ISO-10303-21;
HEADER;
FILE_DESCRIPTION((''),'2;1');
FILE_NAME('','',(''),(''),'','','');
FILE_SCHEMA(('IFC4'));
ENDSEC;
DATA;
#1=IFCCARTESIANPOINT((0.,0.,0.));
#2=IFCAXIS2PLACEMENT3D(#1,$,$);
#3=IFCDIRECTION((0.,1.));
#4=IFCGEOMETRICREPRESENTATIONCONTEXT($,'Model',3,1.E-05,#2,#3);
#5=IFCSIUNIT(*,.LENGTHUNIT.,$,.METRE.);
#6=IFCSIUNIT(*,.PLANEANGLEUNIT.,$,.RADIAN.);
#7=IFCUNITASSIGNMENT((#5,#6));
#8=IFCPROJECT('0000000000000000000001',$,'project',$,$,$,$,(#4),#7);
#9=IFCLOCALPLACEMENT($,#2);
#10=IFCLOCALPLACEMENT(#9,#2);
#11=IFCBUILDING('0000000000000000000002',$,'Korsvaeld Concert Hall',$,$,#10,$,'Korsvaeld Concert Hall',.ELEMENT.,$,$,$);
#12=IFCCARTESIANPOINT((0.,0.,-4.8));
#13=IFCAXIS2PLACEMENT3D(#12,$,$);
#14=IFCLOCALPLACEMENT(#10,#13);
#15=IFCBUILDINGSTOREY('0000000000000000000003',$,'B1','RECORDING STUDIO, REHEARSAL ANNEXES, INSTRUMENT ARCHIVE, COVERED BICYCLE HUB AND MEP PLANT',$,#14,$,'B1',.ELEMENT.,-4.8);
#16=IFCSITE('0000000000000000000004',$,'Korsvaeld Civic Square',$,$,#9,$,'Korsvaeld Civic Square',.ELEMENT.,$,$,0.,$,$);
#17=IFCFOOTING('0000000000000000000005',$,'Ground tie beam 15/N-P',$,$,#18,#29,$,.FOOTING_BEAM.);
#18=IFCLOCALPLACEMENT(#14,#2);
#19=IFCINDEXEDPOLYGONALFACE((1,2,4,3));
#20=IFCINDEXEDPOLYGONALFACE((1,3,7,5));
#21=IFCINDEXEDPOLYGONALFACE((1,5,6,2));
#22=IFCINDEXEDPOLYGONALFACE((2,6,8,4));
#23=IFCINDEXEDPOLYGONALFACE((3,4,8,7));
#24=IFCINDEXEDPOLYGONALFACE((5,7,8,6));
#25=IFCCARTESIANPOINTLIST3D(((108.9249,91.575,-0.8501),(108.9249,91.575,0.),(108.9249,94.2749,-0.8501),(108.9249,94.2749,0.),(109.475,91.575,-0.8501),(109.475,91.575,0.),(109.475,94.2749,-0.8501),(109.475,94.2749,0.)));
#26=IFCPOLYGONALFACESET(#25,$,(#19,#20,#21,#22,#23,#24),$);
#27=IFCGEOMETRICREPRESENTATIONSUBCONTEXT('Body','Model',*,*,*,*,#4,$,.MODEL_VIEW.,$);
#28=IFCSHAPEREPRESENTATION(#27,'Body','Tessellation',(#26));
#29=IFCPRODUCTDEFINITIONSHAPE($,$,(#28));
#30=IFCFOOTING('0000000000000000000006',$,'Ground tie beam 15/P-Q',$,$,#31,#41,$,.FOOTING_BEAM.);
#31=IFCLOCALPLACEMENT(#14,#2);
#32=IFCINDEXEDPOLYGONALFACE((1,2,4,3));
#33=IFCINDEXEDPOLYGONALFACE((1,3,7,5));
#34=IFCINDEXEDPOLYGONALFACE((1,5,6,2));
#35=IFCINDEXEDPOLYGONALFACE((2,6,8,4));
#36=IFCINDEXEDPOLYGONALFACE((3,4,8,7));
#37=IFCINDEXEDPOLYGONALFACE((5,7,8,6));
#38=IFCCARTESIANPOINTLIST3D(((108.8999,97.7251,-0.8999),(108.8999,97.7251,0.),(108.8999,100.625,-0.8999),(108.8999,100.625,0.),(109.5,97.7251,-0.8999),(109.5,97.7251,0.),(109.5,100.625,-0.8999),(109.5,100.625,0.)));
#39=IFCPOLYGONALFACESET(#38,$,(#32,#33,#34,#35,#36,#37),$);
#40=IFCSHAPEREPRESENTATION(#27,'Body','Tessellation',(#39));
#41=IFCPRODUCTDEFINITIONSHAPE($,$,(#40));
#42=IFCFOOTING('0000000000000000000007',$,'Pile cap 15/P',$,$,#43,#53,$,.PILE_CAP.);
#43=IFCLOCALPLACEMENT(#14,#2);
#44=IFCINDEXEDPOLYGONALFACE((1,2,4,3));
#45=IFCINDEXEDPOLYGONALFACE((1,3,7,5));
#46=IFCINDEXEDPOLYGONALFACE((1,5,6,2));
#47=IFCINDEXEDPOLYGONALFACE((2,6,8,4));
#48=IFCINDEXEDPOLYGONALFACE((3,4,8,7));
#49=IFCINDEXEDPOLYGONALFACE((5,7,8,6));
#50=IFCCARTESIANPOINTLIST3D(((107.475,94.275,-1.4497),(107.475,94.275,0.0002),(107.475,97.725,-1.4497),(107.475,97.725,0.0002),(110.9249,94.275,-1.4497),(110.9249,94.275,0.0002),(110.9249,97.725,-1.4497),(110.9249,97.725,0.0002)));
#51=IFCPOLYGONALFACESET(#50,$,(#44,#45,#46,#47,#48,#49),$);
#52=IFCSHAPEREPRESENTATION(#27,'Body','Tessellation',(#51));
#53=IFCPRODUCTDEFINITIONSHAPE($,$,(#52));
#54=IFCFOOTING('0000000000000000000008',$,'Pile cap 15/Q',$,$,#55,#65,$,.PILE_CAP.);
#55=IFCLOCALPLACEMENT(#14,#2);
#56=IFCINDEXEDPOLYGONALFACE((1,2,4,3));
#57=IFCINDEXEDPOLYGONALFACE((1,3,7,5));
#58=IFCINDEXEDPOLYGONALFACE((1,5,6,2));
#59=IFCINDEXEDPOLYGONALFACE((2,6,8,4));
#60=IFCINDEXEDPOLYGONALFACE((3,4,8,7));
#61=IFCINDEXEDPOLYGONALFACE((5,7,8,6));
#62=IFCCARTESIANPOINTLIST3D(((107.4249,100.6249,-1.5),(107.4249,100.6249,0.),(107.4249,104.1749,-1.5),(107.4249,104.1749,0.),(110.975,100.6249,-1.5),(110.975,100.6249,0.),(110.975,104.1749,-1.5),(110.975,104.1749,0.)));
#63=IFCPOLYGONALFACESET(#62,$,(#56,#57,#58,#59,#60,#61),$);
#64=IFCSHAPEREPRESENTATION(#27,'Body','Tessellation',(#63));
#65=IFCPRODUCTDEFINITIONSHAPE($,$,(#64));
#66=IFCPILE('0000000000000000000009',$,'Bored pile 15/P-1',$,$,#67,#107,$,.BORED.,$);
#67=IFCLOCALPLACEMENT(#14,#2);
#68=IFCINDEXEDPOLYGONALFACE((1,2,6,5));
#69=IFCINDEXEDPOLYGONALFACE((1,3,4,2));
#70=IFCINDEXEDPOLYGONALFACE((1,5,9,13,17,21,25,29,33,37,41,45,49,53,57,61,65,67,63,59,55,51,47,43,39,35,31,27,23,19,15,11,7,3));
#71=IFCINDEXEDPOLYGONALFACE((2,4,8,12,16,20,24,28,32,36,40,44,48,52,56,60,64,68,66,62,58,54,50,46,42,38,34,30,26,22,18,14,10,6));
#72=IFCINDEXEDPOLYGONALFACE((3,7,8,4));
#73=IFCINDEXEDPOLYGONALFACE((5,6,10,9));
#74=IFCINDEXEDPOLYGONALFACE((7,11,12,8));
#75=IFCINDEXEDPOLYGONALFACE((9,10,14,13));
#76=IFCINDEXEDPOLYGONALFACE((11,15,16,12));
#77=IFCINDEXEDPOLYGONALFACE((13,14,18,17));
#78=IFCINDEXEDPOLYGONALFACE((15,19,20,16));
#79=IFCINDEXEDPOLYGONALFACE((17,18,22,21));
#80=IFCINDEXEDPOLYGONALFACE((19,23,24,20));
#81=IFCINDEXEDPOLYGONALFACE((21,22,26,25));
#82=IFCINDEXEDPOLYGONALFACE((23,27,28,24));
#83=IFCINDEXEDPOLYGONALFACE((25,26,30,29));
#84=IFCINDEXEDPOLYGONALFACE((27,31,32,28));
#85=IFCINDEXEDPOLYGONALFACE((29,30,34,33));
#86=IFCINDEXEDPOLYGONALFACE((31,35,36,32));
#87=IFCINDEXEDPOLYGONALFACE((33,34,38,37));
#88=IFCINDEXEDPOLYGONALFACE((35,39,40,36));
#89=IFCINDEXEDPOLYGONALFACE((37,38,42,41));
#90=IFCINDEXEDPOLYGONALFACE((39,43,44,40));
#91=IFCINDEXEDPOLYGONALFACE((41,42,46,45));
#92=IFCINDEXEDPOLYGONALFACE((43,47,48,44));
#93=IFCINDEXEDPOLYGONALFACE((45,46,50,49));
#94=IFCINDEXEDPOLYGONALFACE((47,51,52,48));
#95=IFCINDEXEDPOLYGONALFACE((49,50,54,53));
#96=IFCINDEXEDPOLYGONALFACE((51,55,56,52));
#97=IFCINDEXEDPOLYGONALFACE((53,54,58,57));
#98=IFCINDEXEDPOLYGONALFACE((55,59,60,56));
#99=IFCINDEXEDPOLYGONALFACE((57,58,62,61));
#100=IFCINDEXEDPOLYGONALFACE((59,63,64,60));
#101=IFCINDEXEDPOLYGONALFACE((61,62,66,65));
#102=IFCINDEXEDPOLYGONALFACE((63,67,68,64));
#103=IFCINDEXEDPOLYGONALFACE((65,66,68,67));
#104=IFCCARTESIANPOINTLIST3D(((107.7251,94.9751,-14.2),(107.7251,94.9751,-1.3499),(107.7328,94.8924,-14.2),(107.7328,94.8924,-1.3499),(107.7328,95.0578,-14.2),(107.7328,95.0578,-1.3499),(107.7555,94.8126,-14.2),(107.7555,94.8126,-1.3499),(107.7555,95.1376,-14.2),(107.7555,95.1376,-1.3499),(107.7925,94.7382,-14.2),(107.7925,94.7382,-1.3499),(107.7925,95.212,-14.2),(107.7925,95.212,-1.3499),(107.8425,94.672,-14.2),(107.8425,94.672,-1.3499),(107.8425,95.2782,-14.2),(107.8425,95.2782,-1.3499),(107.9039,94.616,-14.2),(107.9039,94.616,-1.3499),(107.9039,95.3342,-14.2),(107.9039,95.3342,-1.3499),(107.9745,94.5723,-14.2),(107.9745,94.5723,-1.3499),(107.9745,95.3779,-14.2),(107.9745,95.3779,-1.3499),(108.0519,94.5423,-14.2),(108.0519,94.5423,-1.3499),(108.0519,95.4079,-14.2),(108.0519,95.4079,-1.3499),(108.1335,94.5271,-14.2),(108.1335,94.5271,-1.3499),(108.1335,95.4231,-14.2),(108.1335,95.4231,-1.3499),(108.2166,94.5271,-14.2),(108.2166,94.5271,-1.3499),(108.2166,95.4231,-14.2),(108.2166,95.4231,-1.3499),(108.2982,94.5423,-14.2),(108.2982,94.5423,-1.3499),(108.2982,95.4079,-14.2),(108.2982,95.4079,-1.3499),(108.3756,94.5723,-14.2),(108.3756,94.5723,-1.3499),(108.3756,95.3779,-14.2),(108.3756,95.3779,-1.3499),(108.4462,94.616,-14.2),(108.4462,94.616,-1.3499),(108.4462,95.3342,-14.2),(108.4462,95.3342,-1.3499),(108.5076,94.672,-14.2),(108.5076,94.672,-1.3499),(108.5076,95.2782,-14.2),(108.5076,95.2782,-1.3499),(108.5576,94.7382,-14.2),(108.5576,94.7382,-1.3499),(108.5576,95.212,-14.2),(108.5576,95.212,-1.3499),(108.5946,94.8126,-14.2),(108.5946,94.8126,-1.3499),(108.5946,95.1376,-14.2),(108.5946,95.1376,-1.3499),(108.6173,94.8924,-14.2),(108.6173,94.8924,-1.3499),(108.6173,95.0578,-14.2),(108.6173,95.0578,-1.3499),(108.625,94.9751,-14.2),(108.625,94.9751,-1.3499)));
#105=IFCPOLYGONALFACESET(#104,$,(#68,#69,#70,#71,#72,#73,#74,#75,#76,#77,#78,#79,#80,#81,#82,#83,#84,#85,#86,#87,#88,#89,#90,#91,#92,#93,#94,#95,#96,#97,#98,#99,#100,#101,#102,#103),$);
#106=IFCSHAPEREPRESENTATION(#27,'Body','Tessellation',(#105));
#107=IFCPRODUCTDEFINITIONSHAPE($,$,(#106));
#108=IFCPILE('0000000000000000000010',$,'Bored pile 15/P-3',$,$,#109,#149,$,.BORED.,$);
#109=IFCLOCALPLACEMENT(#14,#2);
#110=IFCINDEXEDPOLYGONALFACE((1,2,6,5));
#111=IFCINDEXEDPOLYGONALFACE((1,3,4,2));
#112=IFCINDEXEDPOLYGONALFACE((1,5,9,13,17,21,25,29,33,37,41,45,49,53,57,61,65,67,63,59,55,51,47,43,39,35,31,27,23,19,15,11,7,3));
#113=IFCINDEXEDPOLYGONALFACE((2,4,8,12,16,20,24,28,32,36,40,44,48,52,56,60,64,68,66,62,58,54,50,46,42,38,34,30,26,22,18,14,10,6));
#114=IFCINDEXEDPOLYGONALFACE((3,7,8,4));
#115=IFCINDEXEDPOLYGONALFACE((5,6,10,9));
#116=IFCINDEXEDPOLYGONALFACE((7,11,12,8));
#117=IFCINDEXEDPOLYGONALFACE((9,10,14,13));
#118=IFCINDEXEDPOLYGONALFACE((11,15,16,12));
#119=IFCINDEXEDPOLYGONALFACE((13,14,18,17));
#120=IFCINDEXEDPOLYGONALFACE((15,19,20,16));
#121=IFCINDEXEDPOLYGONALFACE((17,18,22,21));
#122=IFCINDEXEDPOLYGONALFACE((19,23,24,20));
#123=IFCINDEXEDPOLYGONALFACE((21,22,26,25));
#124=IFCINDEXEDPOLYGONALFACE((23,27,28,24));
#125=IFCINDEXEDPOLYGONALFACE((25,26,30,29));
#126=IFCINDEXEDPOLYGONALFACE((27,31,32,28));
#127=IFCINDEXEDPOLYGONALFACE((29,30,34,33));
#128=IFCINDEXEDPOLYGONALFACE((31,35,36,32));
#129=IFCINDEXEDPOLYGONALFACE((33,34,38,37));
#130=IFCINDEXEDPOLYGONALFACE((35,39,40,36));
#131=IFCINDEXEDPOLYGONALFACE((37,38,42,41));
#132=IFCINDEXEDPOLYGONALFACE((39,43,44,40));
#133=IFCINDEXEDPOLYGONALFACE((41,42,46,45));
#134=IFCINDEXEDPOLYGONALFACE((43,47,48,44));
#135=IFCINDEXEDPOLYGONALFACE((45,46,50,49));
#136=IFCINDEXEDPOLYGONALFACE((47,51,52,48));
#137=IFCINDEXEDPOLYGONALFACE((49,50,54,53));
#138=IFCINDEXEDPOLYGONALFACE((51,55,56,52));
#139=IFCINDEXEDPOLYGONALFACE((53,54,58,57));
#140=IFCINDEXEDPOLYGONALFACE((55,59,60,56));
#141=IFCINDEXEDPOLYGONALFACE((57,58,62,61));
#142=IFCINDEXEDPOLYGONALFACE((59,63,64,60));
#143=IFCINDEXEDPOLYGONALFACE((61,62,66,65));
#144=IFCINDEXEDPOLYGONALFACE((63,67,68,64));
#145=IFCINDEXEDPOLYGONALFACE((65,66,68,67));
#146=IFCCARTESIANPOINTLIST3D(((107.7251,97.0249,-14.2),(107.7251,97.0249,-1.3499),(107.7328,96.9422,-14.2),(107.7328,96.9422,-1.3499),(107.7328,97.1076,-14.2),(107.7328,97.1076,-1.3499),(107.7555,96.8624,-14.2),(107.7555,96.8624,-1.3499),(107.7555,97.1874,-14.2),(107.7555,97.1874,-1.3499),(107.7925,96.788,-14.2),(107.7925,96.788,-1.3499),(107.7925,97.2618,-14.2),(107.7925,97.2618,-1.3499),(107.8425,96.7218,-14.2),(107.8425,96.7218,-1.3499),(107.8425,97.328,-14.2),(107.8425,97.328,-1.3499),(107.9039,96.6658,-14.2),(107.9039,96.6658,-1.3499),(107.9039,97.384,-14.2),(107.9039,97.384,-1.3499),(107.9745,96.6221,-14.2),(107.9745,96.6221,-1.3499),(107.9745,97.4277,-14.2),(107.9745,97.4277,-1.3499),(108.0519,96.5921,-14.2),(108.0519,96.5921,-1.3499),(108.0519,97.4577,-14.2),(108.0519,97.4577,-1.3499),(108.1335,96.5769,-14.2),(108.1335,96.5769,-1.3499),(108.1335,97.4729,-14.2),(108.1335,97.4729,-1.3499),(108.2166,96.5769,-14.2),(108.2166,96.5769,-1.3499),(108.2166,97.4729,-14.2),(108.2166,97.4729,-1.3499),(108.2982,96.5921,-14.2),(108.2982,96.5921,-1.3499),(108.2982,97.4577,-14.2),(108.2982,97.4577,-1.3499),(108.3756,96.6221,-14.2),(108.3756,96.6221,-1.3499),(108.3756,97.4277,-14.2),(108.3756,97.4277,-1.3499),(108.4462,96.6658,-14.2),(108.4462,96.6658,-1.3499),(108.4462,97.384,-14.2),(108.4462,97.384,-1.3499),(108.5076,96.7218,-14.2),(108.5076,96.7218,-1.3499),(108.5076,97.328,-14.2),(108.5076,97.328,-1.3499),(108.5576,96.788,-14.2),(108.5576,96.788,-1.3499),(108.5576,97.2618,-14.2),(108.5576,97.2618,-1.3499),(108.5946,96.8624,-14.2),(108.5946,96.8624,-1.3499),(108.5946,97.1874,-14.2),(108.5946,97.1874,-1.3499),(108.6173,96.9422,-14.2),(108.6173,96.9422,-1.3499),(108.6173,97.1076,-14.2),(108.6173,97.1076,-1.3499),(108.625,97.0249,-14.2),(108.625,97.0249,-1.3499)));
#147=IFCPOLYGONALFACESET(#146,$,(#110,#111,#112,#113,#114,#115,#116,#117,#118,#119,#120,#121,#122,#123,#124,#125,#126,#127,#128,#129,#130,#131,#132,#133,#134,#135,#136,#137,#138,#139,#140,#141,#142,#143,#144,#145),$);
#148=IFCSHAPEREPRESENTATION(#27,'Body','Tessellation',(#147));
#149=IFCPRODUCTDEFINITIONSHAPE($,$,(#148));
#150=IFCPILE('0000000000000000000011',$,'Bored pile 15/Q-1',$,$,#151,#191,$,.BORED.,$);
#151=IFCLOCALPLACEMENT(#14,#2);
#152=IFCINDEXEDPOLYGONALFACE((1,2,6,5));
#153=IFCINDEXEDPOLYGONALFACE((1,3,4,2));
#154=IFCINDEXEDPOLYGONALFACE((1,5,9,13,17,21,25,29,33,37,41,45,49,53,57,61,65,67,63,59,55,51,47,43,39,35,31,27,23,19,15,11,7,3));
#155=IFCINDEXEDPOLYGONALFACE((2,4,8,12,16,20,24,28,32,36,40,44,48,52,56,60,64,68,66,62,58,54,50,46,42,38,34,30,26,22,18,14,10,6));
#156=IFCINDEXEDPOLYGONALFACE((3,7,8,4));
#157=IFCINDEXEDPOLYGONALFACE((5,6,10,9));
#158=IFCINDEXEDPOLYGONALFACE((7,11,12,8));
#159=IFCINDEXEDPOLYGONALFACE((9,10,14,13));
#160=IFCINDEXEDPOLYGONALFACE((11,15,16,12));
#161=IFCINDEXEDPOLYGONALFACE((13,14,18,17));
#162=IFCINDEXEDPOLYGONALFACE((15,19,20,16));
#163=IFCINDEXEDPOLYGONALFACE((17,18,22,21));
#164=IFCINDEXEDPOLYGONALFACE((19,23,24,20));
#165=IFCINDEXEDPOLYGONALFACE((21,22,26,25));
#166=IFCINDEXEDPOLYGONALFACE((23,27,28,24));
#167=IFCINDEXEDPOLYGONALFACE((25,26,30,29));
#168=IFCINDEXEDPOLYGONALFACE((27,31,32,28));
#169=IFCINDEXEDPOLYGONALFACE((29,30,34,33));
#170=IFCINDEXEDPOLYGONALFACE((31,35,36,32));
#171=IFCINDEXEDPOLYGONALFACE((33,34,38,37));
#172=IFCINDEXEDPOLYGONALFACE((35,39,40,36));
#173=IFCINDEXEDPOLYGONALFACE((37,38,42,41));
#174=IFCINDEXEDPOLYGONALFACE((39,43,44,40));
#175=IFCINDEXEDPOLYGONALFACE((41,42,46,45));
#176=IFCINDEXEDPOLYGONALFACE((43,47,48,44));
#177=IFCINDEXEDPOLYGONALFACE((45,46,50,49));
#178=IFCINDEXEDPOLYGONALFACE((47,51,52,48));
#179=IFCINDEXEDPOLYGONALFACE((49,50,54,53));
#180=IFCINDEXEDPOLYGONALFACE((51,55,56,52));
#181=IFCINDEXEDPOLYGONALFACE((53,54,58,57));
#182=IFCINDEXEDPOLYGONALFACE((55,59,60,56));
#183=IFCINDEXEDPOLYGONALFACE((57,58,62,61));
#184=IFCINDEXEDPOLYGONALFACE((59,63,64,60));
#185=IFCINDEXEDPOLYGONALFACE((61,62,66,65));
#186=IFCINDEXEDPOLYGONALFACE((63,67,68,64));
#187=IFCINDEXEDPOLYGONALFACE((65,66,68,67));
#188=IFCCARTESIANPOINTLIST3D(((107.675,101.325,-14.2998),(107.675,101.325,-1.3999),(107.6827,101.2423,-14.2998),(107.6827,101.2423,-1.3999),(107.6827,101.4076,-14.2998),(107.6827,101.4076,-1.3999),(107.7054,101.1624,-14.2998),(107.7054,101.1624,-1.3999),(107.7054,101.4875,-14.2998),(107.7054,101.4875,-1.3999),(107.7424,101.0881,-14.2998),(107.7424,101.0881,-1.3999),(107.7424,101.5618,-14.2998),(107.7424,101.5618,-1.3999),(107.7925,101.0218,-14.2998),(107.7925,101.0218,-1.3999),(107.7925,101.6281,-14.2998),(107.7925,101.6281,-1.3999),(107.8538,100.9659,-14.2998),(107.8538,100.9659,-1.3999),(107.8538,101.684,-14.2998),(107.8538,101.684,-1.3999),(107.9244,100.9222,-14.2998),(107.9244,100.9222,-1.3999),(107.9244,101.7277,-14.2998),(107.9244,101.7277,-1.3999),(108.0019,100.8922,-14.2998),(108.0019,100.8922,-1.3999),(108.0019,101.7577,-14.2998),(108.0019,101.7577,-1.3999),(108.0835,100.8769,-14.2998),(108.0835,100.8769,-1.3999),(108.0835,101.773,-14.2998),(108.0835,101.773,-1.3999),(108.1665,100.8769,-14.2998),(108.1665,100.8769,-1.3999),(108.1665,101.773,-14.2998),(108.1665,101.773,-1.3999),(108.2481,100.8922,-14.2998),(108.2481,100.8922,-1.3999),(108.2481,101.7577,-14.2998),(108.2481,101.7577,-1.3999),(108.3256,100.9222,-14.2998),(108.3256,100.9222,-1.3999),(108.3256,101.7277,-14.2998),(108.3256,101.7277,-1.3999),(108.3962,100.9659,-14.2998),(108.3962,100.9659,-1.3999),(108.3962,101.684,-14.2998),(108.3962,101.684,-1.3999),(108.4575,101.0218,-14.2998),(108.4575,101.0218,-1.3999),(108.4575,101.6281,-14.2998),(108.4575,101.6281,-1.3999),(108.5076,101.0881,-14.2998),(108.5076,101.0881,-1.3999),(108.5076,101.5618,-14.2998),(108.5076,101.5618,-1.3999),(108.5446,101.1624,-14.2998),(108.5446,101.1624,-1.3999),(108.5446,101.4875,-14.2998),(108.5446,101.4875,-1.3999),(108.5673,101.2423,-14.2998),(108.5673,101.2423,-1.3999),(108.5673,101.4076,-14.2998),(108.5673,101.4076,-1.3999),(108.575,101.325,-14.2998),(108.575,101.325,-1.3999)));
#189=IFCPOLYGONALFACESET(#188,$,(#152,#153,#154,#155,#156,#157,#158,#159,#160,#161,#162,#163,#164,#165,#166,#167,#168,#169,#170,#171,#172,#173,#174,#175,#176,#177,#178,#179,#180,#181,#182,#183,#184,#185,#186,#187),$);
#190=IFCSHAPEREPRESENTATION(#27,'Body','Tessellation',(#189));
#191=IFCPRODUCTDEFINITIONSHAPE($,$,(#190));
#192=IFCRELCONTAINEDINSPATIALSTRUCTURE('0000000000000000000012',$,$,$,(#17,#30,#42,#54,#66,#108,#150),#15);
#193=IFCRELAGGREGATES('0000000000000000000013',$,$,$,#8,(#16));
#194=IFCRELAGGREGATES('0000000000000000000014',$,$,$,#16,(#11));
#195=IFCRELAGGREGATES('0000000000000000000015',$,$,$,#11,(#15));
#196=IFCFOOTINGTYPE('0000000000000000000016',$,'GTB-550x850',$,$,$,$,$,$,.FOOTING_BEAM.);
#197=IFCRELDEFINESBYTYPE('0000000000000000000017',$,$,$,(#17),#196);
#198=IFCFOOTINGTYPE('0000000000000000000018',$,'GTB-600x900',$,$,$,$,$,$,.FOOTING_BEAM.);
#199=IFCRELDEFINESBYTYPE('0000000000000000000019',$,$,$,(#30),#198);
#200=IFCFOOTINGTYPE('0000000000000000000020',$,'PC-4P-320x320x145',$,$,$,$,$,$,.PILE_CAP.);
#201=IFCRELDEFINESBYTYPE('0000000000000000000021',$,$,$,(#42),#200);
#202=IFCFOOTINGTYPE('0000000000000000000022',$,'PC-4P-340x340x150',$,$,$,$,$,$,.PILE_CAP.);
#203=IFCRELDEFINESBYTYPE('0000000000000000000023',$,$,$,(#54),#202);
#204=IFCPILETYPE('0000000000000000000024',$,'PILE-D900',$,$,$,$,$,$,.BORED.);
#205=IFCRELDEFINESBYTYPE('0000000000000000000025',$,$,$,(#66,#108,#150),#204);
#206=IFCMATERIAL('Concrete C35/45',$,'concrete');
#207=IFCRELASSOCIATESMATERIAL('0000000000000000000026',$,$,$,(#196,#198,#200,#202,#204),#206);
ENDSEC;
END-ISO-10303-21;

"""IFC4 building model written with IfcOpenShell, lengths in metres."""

from ifc_helpers import new_model, si_unit, direction, frame, origin, origin_2d, place, context, subcontext, project, spatial, rectangle, circle, extrude, material, material_profile, profile_set, type_object, element, save


model = new_model("IFC4")

# Units and contexts
model_context = context("Model", 3, precision=1e-05, world=origin(), true_north=direction((0.0, 1.0)))
body_context = subcontext(model_context, "Body", "Model", "MODEL_VIEW")
ifc_project = project(units=[si_unit("LENGTHUNIT", "METRE"), si_unit("PLANEANGLEUNIT", "RADIAN")], contexts=[model_context])

# Site, building, storey
site_placement = place(None, origin())
site = spatial("IfcSite", under=ifc_project, at=site_placement, Name="Korsvaeld Civic Square", LongName="Korsvaeld Civic Square", CompositionType="ELEMENT", RefElevation=0.0)
building_placement = place(site_placement, origin())
building = spatial("IfcBuilding", under=site, at=building_placement, Name="Korsvaeld Concert Hall", LongName="Korsvaeld Concert Hall", CompositionType="ELEMENT")
storey_placement = place(building_placement, frame((0.0, 0.0, -4.8)))
storey = spatial("IfcBuildingStorey", under=building, at=storey_placement, Name="B1", Description="RECORDING STUDIO, REHEARSAL ANNEXES, INSTRUMENT ARCHIVE, COVERED BICYCLE HUB AND MEP PLANT", LongName="B1", CompositionType="ELEMENT", Elevation=-4.8)

# Footings
ifc_material_1 = material(Name="Concrete C35/45", Category="concrete")
ifc_material_profile_1 = material_profile(ifc_material_1, rectangle(XDim=0.55, YDim=0.8501, at=origin_2d()), Name="GTB 550x850")
ifc_profile_set_1 = profile_set([ifc_material_profile_1], Name="Concrete C35/45")
footing_type_1 = type_object("IfcFootingType", Name="GTB-550x850", PredefinedType="FOOTING_BEAM", material=ifc_profile_set_1)
footing_1_placement = place(storey_placement, frame((109.2, 91.575, -0.425), z_axis=(0.0, 1.0, 0.0), x_axis=(-1.0, 0.0, 0.0)))
element("IfcFooting", 1, at=footing_1_placement, inside=storey, type_object=footing_type_1, Name="Ground tie beam 15/N-P", PredefinedType="FOOTING_BEAM", context=body_context, shape_type="SweptSolid", body=[
    extrude(rectangle(XDim=0.55, YDim=0.8501, at=origin_2d()), origin(), (0.0, 0.0, 1.0), 2.7),
])
ifc_material_profile_2 = material_profile(ifc_material_1, rectangle(XDim=0.6001, YDim=0.8999, at=origin_2d()), Name="GTB 600x900")
ifc_profile_set_2 = profile_set([ifc_material_profile_2], Name="Concrete C35/45")
footing_type_2 = type_object("IfcFootingType", Name="GTB-600x900", PredefinedType="FOOTING_BEAM", material=ifc_profile_set_2)
footing_2_placement = place(storey_placement, frame((109.2, 97.7251, -0.45), z_axis=(0.0, 1.0, 0.0), x_axis=(-1.0, 0.0, 0.0)))
element("IfcFooting", 2, at=footing_2_placement, inside=storey, type_object=footing_type_2, Name="Ground tie beam 15/P-Q", PredefinedType="FOOTING_BEAM", context=body_context, shape_type="SweptSolid", body=[
    extrude(rectangle(XDim=0.6001, YDim=0.8999, at=origin_2d()), origin(), (0.0, 0.0, 1.0), 2.8999),
])
footing_type_3 = type_object("IfcFootingType", Name="PC-4P-320x320x145", PredefinedType="PILE_CAP", material=ifc_material_1)
footing_3_placement = place(storey_placement, frame((109.2, 96.0, -1.4497), z_axis=(0.0, 0.0, 1.0), x_axis=(1.0, 0.0, 0.0)))
element("IfcFooting", 3, at=footing_3_placement, inside=storey, type_object=footing_type_3, Name="Pile cap 15/P", PredefinedType="PILE_CAP", context=body_context, shape_type="SweptSolid", body=[
    extrude(rectangle(XDim=3.45, YDim=3.45, at=origin_2d()), origin(), (0.0, 0.0, 1.0), 1.45),
])
footing_type_4 = type_object("IfcFootingType", Name="PC-4P-340x340x150", PredefinedType="PILE_CAP", material=ifc_material_1)
footing_4_placement = place(storey_placement, frame((109.2, 102.3999, -1.5), z_axis=(0.0, 0.0, 1.0), x_axis=(1.0, 0.0, 0.0)))
element("IfcFooting", 4, at=footing_4_placement, inside=storey, type_object=footing_type_4, Name="Pile cap 15/Q", PredefinedType="PILE_CAP", context=body_context, shape_type="SweptSolid", body=[
    extrude(rectangle(XDim=3.55, YDim=3.55, at=origin_2d()), origin(), (0.0, 0.0, 1.0), 1.5),
])

# Piles
ifc_material_profile_3 = material_profile(ifc_material_1, circle(Radius=0.45, at=origin_2d()), Name="BORED PILE D900")
ifc_profile_set_3 = profile_set([ifc_material_profile_3], Name="Concrete C35/45")
pile_type = type_object("IfcPileType", Name="PILE-D900", PredefinedType="BORED", material=ifc_profile_set_3)
for number, where, z_axis, x_axis, name in (
    (5, (108.175, 94.9751, -1.3499), (0.0, 0.0, -1.0), (1.0, 0.0, 0.0), "Bored pile 15/P-1"),
    (6, (108.175, 97.0249, -1.3499), (0.0, 0.0, -1.0), (1.0, 0.0, 0.0), "Bored pile 15/P-3"),
):
    element("IfcPile", number, at=place(storey_placement, frame(where, z_axis=z_axis, x_axis=x_axis)), inside=storey, type_object=pile_type, Name=name, PredefinedType="BORED", context=body_context, shape_type="SweptSolid", body=[
        extrude(circle(Radius=0.45, at=origin_2d()), origin(), (0.0, 0.0, 1.0), 12.8501),
    ])
pile_placement = place(storey_placement, frame((108.125, 101.325, -1.3999), z_axis=(0.0, 0.0, -1.0), x_axis=(1.0, 0.0, 0.0)))
element("IfcPile", 7, at=pile_placement, inside=storey, type_object=pile_type, Name="Bored pile 15/Q-1", PredefinedType="BORED", context=body_context, shape_type="SweptSolid", body=[
    extrude(circle(Radius=0.45, at=origin_2d()), origin(), (0.0, 0.0, 1.0), 12.8999),
])

save(model, "model.ifc")
